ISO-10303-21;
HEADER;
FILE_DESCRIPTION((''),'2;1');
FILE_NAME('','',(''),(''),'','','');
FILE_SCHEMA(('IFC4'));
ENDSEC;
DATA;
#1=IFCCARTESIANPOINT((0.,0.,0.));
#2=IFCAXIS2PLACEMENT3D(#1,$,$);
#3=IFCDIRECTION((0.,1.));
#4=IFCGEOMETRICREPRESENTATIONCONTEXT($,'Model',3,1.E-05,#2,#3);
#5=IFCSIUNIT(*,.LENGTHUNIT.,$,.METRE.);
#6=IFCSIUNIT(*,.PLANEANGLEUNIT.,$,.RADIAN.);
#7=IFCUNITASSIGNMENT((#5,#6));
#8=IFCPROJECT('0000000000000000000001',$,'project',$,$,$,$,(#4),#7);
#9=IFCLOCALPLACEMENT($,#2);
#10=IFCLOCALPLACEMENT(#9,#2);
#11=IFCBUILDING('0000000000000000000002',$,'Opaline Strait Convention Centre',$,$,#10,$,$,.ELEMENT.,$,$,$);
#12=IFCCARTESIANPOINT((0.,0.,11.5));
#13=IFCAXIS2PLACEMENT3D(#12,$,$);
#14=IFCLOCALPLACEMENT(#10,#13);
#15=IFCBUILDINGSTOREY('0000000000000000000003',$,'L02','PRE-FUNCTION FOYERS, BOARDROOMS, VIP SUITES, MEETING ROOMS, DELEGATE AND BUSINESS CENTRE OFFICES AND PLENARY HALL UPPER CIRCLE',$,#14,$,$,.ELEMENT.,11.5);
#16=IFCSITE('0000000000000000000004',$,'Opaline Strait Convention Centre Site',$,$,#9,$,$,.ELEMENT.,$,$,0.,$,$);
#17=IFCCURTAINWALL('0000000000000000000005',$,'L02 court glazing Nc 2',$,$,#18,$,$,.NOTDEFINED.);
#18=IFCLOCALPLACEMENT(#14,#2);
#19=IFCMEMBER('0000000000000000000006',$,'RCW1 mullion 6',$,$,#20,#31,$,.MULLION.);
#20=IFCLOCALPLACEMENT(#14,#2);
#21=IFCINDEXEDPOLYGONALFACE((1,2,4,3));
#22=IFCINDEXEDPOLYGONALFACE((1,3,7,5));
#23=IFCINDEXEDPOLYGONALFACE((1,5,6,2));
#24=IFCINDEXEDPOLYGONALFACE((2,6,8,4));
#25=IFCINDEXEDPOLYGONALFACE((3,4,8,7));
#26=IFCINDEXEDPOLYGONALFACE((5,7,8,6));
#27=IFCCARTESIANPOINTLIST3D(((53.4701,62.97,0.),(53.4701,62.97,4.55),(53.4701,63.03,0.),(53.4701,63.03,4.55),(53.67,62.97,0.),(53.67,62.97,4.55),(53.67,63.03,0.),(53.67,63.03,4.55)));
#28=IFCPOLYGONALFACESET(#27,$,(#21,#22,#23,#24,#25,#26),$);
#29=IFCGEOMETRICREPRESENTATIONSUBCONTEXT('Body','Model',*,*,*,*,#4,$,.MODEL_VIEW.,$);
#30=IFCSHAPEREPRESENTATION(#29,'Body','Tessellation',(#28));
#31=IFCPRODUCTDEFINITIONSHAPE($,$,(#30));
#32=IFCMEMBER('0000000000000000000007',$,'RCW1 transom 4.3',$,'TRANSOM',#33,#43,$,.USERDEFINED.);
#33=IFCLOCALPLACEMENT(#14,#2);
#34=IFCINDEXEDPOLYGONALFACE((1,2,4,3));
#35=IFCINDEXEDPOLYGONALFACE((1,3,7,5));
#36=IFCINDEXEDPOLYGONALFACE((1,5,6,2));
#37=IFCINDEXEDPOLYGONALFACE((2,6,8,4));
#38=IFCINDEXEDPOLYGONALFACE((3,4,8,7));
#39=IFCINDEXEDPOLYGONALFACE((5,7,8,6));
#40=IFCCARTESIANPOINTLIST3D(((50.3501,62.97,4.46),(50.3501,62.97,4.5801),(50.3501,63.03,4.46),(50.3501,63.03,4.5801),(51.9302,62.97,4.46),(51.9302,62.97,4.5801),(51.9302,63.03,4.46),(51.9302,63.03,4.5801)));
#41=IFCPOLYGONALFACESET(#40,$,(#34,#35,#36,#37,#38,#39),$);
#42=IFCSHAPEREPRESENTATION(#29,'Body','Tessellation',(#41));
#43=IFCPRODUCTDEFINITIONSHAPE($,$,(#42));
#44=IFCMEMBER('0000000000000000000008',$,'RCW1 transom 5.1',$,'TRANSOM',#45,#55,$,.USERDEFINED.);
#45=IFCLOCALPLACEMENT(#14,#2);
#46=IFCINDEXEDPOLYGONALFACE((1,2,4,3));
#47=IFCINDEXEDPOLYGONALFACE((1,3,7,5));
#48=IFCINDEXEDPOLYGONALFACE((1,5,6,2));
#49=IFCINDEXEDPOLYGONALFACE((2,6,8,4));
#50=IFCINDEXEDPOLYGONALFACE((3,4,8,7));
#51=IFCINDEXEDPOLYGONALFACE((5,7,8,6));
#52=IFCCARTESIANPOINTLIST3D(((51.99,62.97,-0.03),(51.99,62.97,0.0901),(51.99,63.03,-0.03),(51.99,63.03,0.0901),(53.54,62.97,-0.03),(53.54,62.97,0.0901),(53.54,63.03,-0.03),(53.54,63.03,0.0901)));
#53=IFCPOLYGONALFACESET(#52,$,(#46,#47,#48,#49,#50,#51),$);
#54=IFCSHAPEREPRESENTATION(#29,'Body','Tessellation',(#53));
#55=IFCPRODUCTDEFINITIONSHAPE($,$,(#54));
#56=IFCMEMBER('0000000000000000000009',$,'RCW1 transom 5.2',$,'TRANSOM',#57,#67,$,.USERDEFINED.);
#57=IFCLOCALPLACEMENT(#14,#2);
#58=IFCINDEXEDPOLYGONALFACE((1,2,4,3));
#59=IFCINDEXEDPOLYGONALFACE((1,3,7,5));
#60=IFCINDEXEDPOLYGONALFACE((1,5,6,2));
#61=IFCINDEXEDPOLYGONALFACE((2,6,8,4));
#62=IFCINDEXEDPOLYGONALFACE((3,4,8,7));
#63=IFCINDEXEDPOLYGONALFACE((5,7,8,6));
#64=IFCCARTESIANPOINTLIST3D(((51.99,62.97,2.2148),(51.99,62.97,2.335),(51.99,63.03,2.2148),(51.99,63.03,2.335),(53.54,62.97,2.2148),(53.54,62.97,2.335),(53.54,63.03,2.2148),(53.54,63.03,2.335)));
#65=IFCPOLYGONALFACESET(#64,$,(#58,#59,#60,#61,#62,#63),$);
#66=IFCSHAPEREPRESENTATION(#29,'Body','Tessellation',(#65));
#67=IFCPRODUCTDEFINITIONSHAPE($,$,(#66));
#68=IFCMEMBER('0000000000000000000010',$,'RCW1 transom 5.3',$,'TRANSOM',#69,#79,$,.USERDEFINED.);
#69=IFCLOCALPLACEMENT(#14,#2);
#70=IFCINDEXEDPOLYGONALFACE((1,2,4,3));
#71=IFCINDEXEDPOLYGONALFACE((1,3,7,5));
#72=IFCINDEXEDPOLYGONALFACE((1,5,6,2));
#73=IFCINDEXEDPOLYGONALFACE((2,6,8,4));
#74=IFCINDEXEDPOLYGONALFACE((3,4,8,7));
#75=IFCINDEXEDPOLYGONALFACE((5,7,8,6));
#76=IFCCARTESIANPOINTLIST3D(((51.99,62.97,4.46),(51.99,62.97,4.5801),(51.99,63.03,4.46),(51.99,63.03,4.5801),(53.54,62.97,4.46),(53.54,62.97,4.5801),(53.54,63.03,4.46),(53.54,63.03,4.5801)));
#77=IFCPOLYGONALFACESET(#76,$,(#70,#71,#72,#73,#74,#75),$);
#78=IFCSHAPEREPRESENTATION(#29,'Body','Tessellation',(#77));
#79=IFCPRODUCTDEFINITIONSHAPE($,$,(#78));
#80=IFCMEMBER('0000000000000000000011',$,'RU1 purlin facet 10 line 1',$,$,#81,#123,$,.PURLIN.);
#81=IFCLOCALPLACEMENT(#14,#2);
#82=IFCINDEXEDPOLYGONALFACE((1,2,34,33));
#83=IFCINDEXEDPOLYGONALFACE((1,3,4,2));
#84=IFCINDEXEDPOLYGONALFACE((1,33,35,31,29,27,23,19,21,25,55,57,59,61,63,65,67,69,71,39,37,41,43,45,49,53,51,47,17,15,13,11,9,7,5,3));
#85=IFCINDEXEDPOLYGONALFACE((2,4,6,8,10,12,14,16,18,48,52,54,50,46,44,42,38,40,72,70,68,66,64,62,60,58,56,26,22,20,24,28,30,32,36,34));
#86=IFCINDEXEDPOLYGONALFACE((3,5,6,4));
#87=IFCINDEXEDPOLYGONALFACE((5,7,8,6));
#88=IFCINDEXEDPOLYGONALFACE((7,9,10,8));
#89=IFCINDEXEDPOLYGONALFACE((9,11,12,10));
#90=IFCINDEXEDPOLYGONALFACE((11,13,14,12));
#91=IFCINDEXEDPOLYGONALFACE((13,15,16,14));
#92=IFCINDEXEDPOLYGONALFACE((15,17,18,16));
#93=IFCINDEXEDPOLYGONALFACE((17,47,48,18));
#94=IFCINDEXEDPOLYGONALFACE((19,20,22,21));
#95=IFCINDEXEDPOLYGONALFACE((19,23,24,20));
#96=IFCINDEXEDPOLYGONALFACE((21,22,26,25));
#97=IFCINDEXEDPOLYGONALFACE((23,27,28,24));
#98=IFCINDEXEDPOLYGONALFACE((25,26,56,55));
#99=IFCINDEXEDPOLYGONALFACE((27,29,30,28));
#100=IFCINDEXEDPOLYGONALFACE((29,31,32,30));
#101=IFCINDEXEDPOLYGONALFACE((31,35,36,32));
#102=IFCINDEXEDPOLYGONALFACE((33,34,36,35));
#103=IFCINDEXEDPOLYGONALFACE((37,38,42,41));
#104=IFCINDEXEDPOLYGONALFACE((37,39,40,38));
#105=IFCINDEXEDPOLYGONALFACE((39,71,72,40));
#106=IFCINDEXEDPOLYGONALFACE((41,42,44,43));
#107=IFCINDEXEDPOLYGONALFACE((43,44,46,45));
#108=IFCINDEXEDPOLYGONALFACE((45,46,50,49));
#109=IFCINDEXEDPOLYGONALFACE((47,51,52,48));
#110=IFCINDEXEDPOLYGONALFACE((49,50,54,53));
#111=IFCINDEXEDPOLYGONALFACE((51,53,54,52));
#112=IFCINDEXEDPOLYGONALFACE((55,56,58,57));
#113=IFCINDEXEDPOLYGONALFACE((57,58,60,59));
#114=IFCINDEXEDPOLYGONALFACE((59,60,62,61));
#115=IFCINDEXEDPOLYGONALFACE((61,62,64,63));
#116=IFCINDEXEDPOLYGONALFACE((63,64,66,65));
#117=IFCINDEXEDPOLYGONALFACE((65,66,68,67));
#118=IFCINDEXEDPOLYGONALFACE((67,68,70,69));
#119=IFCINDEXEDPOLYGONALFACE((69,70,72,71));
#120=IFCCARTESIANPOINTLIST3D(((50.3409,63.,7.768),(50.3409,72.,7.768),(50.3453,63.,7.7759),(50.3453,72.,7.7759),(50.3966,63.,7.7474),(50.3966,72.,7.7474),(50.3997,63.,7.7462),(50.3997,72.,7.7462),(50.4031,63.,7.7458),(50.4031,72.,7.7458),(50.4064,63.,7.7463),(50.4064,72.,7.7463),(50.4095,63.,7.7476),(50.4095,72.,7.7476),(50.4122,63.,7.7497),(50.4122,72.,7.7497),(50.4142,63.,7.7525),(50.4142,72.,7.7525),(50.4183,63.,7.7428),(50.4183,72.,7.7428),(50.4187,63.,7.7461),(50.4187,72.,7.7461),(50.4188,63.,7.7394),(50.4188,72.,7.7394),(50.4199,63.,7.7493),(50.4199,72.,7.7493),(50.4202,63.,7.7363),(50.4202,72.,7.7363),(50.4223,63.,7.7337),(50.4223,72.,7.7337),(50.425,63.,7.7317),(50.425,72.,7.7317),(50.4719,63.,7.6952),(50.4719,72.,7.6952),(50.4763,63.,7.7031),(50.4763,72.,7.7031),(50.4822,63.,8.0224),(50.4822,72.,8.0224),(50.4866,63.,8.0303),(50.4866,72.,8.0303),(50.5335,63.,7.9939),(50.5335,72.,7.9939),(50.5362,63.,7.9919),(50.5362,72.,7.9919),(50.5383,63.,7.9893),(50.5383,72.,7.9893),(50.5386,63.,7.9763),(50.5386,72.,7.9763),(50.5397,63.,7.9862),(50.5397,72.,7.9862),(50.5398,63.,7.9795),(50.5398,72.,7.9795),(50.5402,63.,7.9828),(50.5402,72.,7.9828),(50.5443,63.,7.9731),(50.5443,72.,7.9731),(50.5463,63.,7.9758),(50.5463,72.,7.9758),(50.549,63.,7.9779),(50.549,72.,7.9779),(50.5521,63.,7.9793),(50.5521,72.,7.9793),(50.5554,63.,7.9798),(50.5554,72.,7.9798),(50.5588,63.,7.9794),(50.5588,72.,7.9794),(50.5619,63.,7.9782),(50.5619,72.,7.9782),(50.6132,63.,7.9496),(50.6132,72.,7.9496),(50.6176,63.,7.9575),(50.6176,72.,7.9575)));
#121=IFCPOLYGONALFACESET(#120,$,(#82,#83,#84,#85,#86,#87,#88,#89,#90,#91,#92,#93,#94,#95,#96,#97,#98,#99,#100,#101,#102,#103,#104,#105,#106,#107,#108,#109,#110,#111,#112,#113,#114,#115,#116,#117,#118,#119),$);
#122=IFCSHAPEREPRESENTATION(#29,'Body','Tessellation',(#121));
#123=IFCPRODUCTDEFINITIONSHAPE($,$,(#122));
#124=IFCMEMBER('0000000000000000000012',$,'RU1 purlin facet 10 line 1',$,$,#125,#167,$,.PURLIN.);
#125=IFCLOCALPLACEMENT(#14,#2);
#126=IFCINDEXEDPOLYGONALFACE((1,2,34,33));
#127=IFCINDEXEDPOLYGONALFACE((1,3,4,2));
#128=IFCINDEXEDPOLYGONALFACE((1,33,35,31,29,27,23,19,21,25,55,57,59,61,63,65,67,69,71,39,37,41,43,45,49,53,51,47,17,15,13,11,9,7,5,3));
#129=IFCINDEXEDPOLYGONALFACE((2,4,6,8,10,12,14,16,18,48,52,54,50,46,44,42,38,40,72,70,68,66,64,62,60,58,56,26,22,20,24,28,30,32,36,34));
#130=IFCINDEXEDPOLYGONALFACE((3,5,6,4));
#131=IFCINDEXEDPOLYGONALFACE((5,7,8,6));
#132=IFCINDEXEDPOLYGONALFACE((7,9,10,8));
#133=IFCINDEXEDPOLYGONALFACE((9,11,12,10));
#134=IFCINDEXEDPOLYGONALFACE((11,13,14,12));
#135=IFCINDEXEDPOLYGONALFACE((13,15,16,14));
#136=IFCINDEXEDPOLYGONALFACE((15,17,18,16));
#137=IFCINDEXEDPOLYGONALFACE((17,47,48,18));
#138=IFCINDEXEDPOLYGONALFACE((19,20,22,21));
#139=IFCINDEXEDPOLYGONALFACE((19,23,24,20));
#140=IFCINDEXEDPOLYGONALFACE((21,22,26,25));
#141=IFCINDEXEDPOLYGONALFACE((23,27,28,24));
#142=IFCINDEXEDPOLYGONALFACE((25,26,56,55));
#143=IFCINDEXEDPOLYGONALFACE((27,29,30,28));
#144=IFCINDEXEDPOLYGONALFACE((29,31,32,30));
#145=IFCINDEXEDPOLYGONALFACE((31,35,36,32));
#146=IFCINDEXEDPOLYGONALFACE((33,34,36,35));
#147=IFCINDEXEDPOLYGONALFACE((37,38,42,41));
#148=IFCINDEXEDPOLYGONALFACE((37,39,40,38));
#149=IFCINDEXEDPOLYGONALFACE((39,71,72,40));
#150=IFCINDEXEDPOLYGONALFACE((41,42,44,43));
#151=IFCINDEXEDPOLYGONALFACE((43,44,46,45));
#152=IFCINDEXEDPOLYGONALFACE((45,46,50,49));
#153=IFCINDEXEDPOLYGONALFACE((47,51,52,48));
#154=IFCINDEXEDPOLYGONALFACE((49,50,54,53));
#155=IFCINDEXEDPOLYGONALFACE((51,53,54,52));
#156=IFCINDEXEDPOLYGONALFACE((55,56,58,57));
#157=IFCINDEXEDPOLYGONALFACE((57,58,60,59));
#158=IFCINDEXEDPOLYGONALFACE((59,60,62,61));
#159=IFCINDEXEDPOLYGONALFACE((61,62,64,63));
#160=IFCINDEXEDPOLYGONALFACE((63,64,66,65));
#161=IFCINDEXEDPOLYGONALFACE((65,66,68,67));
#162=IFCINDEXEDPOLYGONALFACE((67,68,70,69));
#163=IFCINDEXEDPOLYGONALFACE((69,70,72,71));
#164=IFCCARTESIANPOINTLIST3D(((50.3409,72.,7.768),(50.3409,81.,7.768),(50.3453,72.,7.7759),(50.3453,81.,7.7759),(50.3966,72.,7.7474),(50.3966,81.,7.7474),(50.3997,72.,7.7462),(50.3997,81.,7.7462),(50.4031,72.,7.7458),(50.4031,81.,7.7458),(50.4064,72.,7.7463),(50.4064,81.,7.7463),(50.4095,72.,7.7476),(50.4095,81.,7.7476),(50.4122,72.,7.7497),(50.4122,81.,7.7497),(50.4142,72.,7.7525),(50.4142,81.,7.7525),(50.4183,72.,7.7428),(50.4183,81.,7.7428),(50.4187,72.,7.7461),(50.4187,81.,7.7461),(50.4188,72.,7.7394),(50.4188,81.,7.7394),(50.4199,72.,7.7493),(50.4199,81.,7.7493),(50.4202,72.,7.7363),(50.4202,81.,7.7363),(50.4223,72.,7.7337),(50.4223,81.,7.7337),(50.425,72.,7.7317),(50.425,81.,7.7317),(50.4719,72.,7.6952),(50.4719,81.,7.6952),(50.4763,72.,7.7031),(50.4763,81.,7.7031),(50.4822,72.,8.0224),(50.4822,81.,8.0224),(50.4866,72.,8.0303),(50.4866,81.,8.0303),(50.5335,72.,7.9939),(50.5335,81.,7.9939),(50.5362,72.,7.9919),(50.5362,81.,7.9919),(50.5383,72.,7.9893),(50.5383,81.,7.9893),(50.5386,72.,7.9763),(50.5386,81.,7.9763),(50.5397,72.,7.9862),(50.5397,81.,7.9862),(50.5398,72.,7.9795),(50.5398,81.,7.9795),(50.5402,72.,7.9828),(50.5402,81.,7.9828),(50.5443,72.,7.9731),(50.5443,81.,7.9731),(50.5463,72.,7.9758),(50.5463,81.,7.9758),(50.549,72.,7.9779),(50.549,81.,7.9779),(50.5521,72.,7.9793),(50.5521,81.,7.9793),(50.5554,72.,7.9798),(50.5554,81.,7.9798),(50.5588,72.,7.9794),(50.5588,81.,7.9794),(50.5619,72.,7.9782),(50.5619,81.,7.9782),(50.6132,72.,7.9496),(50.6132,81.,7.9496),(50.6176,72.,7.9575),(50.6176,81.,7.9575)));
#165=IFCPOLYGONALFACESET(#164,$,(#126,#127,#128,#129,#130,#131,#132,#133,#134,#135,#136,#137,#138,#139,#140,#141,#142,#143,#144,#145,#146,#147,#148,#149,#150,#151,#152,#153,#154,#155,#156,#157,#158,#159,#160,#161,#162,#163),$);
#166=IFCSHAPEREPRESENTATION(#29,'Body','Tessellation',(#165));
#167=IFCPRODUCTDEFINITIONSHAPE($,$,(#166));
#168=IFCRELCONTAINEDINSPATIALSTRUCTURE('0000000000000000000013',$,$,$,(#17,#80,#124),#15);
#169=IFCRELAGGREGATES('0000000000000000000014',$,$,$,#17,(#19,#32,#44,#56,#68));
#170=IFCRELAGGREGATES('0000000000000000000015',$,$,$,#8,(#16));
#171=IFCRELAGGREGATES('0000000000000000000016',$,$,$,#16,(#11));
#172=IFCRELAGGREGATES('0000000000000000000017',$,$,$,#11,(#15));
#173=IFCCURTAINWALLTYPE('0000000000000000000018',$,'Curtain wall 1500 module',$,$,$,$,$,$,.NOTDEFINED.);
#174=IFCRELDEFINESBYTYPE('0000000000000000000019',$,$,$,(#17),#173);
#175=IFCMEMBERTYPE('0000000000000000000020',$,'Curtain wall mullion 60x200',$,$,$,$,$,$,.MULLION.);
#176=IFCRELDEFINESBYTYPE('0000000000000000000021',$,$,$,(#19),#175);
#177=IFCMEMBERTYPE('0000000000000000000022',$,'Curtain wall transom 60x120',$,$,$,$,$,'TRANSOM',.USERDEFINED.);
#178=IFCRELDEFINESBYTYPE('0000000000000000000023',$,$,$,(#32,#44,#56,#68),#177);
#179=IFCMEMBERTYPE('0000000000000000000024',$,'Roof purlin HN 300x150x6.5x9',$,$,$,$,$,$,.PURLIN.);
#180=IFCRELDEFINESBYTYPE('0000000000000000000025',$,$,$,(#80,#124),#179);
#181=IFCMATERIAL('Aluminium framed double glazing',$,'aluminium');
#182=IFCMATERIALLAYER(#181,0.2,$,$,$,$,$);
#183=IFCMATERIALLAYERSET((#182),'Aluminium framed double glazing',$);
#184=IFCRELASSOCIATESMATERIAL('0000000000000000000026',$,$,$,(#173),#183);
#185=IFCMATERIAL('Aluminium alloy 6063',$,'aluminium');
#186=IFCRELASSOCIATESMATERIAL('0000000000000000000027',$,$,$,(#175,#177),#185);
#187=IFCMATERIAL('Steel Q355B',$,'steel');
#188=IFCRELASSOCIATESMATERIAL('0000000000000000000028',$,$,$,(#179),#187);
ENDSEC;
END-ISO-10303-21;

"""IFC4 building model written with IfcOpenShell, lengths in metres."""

from ifc_helpers import new_model, si_unit, direction, frame, origin, origin_2d, place, context, subcontext, project, spatial, rectangle, i_section, extrude, material, layer, layer_set, material_profile, profile_set, type_object, element, aggregate, save


model = new_model("IFC4")

# Units and contexts
model_context = context("Model", 3, precision=1e-05, world=origin(), true_north=direction((0.0, 1.0)))
body_context = subcontext(model_context, "Body", "Model", "MODEL_VIEW")
ifc_project = project(units=[si_unit("LENGTHUNIT", "METRE"), si_unit("PLANEANGLEUNIT", "RADIAN")], contexts=[model_context])

# Site, building, storey
site_placement = place(None, origin())
site = spatial("IfcSite", under=ifc_project, at=site_placement, Name="Opaline Strait Convention Centre Site", CompositionType="ELEMENT", RefElevation=0.0)
building_placement = place(site_placement, origin())
building = spatial("IfcBuilding", under=site, at=building_placement, Name="Opaline Strait Convention Centre", CompositionType="ELEMENT")
storey_placement = place(building_placement, frame((0.0, 0.0, 11.5)))
storey = spatial("IfcBuildingStorey", under=building, at=storey_placement, Name="L02", Description="PRE-FUNCTION FOYERS, BOARDROOMS, VIP SUITES, MEETING ROOMS, DELEGATE AND BUSINESS CENTRE OFFICES AND PLENARY HALL UPPER CIRCLE", CompositionType="ELEMENT", Elevation=11.5)

# Shared definitions
ifc_material_1 = material(Name="Steel Q355B", Category="steel")

# Curtain wall, members
ifc_material_2 = material(Name="Aluminium framed double glazing", Category="aluminium")
ifc_layer_1 = layer(ifc_material_2, 0.2)
ifc_layer_set_1 = layer_set([ifc_layer_1], Name="Aluminium framed double glazing")
curtain_wall_type = type_object("IfcCurtainWallType", Name="Curtain wall 1500 module", PredefinedType="NOTDEFINED", material=ifc_layer_set_1)
curtain_wall_placement = place(storey_placement, origin())
curtain_wall = element("IfcCurtainWall", 1, at=curtain_wall_placement, inside=storey, type_object=curtain_wall_type, Name="L02 court glazing Nc 2", PredefinedType="NOTDEFINED")
ifc_material_3 = material(Name="Aluminium alloy 6063", Category="aluminium")
ifc_material_profile_1 = material_profile(ifc_material_3, rectangle(XDim=0.0601, YDim=0.2, at=origin_2d()), Name="Curtain wall mullion 60x200")
ifc_profile_set_1 = profile_set([ifc_material_profile_1], Name="Aluminium alloy 6063")
member_type_1 = type_object("IfcMemberType", Name="Curtain wall mullion 60x200", PredefinedType="MULLION", material=ifc_profile_set_1)
member_1_placement = place(storey_placement, frame((53.5701, 63.0, 0.0), z_axis=(0.0, 0.0, 1.0), x_axis=(0.0, 1.0, 0.0)))
member_1 = element("IfcMember", 2, at=member_1_placement, type_object=member_type_1, Name="RCW1 mullion 6", PredefinedType="MULLION", context=body_context, shape_type="SweptSolid", body=[
    extrude(rectangle(XDim=0.0601, YDim=0.2, at=origin_2d()), origin(), (0.0, 0.0, 1.0), 4.55),
])
ifc_material_profile_2 = material_profile(ifc_material_3, rectangle(XDim=0.0601, YDim=0.1201, at=origin_2d()), Name="Curtain wall transom 60x120")
ifc_profile_set_2 = profile_set([ifc_material_profile_2], Name="Aluminium alloy 6063")
member_type_2 = type_object("IfcMemberType", Name="Curtain wall transom 60x120", ElementType="TRANSOM", PredefinedType="USERDEFINED", material=ifc_profile_set_2)
member_2_placement = place(storey_placement, frame((50.3501, 63.0, 4.52), z_axis=(1.0, 0.0, 0.0), x_axis=(0.0, 1.0, 0.0)))
member_2 = element("IfcMember", 3, at=member_2_placement, type_object=member_type_2, Name="RCW1 transom 4.3", ObjectType="TRANSOM", PredefinedType="USERDEFINED", context=body_context, shape_type="SweptSolid", body=[
    extrude(rectangle(XDim=0.0601, YDim=0.1201, at=origin_2d()), origin(), (0.0, 0.0, 1.0), 1.5801),
])
member_3_placement = place(storey_placement, frame((51.99, 63.0, 0.03), z_axis=(1.0, 0.0, 0.0), x_axis=(0.0, 1.0, 0.0)))
member_3 = element("IfcMember", 4, at=member_3_placement, type_object=member_type_2, Name="RCW1 transom 5.1", ObjectType="TRANSOM", PredefinedType="USERDEFINED", context=body_context, shape_type="SweptSolid", body=[
    extrude(rectangle(XDim=0.0601, YDim=0.1201, at=origin_2d()), origin(), (0.0, 0.0, 1.0), 1.55),
])
member_4_placement = place(storey_placement, frame((51.99, 63.0, 2.2749), z_axis=(1.0, 0.0, 0.0), x_axis=(0.0, 1.0, 0.0)))
member_4 = element("IfcMember", 5, at=member_4_placement, type_object=member_type_2, Name="RCW1 transom 5.2", ObjectType="TRANSOM", PredefinedType="USERDEFINED", context=body_context, shape_type="SweptSolid", body=[
    extrude(rectangle(XDim=0.0601, YDim=0.1201, at=origin_2d()), origin(), (0.0, 0.0, 1.0), 1.55),
])
member_5_placement = place(storey_placement, frame((51.99, 63.0, 4.52), z_axis=(1.0, 0.0, 0.0), x_axis=(0.0, 1.0, 0.0)))
member_5 = element("IfcMember", 6, at=member_5_placement, type_object=member_type_2, Name="RCW1 transom 5.3", ObjectType="TRANSOM", PredefinedType="USERDEFINED", context=body_context, shape_type="SweptSolid", body=[
    extrude(rectangle(XDim=0.0601, YDim=0.1201, at=origin_2d()), origin(), (0.0, 0.0, 1.0), 1.55),
])

# Members
ifc_material_profile_3 = material_profile(ifc_material_1, i_section(OverallWidth=0.1499, OverallDepth=0.3, WebThickness=0.0066, FlangeThickness=0.009, FilletRadius=0.0129, at=origin_2d()), Name="HN 300x150x6.5x9")
ifc_profile_set_3 = profile_set([ifc_material_profile_3], Name="Steel Q355B")
member_type_3 = type_object("IfcMemberType", Name="Roof purlin HN 300x150x6.5x9", PredefinedType="PURLIN", material=ifc_profile_set_3)
for number, where, z_axis, x_axis, name in (
    (7, (50.4792, 63.0, 7.8628), (0.0, 1.0, 0.0), (-0.874157, 0.0, 0.485643), "RU1 purlin facet 10 line 1"),
    (8, (50.4792, 72.0, 7.8628), (0.0, 1.0, 0.0), (-0.874157, 0.0, 0.485643), "RU1 purlin facet 10 line 1"),
):
    element("IfcMember", number, at=place(storey_placement, frame(where, z_axis=z_axis, x_axis=x_axis)), inside=storey, type_object=member_type_3, Name=name, PredefinedType="PURLIN", context=body_context, shape_type="SweptSolid", body=[
        extrude(i_section(OverallWidth=0.1499, OverallDepth=0.3, WebThickness=0.0066, FlangeThickness=0.009, FilletRadius=0.0129, at=origin_2d()), origin(), (0.0, 0.0, 1.0), 9.0),
    ])

aggregate(curtain_wall, [member_1, member_2, member_3, member_4, member_5])

save(model, "model.ifc")
